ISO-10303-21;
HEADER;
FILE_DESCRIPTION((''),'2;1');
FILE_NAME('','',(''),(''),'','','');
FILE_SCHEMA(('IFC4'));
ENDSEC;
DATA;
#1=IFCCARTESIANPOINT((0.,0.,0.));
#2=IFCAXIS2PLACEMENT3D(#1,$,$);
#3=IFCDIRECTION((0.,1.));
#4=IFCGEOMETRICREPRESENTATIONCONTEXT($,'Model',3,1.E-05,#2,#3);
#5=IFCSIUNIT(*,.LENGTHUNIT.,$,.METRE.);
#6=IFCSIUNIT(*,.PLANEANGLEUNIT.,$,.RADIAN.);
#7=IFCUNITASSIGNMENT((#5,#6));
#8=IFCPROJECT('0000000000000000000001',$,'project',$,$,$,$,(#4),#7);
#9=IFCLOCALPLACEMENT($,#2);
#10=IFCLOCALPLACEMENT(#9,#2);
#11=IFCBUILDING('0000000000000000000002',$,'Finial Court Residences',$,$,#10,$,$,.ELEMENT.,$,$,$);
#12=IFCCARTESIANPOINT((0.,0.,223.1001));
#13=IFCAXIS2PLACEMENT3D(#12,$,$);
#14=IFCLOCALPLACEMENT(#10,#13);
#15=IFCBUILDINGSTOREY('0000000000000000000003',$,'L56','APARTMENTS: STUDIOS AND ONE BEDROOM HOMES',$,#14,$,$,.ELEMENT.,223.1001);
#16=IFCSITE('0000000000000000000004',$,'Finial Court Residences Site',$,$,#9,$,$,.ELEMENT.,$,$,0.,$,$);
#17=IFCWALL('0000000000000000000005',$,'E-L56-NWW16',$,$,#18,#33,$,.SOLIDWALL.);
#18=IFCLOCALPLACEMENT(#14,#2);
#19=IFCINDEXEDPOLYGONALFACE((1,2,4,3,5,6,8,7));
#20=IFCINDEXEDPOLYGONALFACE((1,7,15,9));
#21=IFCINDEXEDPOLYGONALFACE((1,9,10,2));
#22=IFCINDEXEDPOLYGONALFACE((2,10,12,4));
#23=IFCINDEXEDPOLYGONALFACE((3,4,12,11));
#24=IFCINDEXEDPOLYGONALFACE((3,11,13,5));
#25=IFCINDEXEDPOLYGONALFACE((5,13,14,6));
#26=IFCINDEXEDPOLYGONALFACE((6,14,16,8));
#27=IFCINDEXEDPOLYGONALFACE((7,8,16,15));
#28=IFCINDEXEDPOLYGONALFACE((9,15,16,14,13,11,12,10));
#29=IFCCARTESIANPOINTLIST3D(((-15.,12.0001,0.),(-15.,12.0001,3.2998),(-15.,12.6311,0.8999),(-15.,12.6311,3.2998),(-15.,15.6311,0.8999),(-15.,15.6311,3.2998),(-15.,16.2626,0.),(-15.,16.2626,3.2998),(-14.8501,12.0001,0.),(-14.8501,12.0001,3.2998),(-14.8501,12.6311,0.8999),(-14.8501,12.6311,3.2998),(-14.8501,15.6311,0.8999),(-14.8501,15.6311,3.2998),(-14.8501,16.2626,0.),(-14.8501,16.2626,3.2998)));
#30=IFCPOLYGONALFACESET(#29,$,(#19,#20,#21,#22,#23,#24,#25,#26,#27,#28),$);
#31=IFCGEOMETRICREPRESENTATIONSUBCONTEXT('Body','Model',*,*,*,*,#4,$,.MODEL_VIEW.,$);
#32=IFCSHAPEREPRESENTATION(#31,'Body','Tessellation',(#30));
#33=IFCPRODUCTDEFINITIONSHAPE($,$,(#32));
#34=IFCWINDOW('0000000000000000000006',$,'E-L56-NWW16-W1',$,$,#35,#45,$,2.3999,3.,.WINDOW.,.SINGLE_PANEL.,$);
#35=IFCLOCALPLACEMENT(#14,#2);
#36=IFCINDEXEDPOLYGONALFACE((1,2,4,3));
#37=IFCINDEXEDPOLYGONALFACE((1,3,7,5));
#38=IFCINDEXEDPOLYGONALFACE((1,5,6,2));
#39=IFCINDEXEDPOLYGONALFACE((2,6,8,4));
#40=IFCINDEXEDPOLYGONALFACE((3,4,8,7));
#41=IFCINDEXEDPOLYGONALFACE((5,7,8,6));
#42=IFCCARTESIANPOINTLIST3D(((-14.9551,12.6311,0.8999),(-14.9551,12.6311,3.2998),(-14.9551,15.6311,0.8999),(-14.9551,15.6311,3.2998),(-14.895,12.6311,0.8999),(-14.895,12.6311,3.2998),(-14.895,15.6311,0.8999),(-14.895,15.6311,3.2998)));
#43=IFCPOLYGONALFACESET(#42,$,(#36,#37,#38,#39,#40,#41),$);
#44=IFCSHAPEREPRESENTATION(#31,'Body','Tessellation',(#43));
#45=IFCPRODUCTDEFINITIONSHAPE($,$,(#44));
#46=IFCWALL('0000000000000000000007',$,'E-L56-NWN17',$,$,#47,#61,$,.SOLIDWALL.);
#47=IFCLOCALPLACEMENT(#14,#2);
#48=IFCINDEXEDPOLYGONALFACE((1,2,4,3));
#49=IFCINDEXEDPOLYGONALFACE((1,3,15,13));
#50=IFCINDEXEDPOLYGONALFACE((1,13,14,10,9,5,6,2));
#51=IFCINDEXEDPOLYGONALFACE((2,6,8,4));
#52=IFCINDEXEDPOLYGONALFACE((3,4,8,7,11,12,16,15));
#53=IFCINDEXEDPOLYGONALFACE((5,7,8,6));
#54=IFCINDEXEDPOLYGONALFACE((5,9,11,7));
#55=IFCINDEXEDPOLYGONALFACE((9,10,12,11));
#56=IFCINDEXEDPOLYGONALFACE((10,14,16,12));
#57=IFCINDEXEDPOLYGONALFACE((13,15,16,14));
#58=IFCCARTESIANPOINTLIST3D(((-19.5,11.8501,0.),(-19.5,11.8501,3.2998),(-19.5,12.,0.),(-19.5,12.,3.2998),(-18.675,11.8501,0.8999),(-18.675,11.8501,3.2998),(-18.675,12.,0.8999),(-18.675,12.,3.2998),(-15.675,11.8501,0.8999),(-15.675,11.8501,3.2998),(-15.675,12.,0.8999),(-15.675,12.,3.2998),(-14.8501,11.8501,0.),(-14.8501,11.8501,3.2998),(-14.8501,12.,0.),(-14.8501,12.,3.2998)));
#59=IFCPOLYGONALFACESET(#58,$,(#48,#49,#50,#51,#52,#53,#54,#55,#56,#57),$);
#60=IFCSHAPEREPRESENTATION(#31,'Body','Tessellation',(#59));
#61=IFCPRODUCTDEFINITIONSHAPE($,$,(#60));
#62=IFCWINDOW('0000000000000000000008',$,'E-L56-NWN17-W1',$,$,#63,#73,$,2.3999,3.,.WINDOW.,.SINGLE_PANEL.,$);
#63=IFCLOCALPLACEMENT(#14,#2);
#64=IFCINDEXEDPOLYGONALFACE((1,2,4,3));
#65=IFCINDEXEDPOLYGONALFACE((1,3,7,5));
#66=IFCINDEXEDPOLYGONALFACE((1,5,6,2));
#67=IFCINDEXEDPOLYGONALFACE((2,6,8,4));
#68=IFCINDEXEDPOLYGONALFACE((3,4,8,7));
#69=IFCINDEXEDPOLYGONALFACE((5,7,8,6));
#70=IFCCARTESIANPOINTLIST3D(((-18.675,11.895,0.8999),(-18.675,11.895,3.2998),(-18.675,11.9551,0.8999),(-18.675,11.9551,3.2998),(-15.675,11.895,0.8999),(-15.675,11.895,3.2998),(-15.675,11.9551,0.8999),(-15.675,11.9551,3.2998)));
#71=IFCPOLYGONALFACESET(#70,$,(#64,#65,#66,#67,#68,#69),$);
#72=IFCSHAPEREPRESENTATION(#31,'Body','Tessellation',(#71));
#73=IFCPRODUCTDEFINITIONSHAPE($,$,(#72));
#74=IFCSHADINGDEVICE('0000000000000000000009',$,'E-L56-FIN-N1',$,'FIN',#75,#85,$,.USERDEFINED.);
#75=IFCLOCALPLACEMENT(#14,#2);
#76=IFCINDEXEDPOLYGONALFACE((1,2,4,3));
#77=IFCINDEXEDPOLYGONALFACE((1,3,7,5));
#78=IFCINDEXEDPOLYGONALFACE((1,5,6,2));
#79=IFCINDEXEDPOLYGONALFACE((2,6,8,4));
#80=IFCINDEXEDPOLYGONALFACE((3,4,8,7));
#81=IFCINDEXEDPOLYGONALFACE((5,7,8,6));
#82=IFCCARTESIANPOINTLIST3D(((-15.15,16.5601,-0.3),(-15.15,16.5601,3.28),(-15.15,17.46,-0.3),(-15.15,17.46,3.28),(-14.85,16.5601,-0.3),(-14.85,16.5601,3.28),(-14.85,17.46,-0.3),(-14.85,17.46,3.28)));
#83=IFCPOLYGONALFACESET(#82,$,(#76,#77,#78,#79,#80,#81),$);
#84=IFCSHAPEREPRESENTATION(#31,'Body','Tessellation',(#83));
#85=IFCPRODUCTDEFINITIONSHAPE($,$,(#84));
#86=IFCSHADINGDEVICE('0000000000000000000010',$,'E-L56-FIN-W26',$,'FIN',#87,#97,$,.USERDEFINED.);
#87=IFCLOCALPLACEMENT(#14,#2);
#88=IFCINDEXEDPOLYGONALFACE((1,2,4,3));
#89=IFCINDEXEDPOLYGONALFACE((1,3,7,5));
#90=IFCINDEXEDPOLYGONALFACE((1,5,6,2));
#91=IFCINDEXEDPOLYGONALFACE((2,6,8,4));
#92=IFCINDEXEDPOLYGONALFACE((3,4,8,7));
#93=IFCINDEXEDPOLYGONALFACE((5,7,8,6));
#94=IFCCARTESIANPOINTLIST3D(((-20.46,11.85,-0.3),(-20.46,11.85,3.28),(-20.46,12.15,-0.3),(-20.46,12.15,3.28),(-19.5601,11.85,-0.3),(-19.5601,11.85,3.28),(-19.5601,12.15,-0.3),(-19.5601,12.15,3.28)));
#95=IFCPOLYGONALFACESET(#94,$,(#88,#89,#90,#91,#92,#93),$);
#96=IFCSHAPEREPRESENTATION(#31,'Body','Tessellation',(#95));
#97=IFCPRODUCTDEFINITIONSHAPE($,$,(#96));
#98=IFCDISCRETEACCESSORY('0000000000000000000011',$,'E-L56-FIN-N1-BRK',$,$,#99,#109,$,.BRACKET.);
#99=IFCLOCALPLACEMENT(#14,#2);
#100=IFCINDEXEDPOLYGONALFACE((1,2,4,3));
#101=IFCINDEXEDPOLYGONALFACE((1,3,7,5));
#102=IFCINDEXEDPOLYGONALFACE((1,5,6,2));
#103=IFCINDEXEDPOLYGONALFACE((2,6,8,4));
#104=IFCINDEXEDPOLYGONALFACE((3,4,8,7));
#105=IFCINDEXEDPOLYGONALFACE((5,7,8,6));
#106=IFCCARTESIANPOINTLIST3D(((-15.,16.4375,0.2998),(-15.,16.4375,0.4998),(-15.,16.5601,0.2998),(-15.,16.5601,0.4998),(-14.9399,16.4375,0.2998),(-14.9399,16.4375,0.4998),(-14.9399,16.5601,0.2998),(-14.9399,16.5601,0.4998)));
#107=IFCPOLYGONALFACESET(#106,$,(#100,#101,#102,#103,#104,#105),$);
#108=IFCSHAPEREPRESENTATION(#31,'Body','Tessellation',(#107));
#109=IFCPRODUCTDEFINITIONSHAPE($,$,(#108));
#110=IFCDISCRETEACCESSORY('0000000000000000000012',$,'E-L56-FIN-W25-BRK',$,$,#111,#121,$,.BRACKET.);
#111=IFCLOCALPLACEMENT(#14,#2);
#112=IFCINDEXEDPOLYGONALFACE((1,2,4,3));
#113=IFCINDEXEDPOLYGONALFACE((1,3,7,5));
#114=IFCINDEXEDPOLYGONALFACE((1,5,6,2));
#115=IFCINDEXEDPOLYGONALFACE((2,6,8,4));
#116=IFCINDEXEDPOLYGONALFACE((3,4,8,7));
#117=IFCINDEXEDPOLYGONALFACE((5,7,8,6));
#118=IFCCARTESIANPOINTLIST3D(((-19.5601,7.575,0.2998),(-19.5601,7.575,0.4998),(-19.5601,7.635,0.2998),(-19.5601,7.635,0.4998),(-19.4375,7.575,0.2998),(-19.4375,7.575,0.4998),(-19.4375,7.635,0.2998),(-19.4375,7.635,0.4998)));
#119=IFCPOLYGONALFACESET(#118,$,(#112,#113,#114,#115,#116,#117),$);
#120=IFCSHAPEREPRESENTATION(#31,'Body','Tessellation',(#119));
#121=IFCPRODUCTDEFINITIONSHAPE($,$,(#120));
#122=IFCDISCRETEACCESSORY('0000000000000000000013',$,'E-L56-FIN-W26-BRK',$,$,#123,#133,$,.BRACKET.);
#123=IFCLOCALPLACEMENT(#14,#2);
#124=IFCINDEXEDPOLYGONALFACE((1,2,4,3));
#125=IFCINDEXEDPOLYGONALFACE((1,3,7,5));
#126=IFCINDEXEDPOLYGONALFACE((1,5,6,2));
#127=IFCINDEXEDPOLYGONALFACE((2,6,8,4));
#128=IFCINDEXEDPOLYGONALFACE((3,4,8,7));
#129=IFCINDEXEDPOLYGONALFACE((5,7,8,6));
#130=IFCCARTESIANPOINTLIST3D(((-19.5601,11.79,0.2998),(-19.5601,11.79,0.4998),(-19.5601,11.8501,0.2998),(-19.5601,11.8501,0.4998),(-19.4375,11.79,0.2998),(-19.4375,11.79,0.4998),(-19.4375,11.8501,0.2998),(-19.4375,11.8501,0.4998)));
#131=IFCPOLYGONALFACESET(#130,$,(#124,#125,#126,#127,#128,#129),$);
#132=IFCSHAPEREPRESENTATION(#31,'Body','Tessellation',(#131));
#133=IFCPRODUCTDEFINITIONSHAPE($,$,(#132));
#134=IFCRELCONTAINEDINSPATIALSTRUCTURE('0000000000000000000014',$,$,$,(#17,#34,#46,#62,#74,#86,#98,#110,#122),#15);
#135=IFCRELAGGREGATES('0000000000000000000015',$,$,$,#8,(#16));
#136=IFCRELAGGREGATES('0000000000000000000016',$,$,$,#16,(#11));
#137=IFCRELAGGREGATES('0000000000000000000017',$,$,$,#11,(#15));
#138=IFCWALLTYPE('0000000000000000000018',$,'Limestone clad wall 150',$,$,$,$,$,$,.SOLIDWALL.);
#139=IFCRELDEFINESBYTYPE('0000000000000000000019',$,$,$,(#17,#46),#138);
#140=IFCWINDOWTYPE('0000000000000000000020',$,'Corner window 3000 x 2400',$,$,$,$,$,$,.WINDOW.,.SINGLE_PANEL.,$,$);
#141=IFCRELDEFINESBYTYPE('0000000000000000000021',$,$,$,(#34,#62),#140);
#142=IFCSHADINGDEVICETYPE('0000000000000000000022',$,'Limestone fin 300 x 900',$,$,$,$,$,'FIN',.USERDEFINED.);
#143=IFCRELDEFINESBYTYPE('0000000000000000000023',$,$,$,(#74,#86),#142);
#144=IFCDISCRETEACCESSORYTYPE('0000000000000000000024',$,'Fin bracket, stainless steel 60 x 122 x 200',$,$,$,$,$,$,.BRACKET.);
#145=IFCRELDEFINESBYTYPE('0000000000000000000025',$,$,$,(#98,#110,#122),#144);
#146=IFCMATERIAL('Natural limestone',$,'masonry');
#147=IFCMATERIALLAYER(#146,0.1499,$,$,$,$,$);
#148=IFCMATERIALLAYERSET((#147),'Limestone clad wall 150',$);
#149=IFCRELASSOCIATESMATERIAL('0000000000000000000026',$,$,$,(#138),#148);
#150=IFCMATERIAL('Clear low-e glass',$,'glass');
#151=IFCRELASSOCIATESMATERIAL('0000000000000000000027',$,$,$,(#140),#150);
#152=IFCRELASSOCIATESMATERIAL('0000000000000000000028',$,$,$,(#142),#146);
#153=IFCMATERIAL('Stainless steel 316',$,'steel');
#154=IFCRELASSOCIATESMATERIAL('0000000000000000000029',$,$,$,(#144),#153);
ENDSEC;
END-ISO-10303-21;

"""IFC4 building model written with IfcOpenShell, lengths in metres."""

from ifc_helpers import new_model, si_unit, direction, frame, frame_2d, origin, origin_2d, place, context, subcontext, project, spatial, rectangle, extrude, material, layer, layer_set, type_object, element, fill, save


model = new_model("IFC4")

# Units and contexts
model_context = context("Model", 3, precision=1e-05, world=origin(), true_north=direction((0.0, 1.0)))
body_context = subcontext(model_context, "Body", "Model", "MODEL_VIEW")
ifc_project = project(units=[si_unit("LENGTHUNIT", "METRE"), si_unit("PLANEANGLEUNIT", "RADIAN")], contexts=[model_context])

# Site, building, storey
site_placement = place(None, origin())
site = spatial("IfcSite", under=ifc_project, at=site_placement, Name="Finial Court Residences Site", CompositionType="ELEMENT", RefElevation=0.0)
building_placement = place(site_placement, origin())
building = spatial("IfcBuilding", under=site, at=building_placement, Name="Finial Court Residences", CompositionType="ELEMENT")
storey_placement = place(building_placement, frame((0.0, 0.0, 223.1001)))
storey = spatial("IfcBuildingStorey", under=building, at=storey_placement, Name="L56", Description="APARTMENTS: STUDIOS AND ONE BEDROOM HOMES", CompositionType="ELEMENT", Elevation=223.1001)

# Shared definitions
ifc_material_1 = material(Name="Clear low-e glass", Category="glass")

# Walls, openings, windows
ifc_material_2 = material(Name="Natural limestone", Category="masonry")
ifc_layer_1 = layer(ifc_material_2, 0.1499)
ifc_layer_set_1 = layer_set([ifc_layer_1], Name="Limestone clad wall 150")
wall_type_1 = type_object("IfcWallType", Name="Limestone clad wall 150", PredefinedType="SOLIDWALL", material=ifc_layer_set_1)
wall_1_placement = place(storey_placement, frame((-14.925, 12.0, 0.0), z_axis=(0.0, 0.0, 1.0), x_axis=(0.0, 1.0, 0.0)))
wall_1 = element("IfcWall", 1, at=wall_1_placement, inside=storey, type_object=wall_type_1, Name="E-L56-NWW16", PredefinedType="SOLIDWALL", context=body_context, shape_type="SweptSolid", body=[
    extrude(rectangle(XDim=4.2625, YDim=0.1499, at=frame_2d((2.1313, 0.0))), origin(), (0.0, 0.0, 1.0), 3.2998),
])
opening_1_placement = place(wall_1_placement, frame((0.6311, 0.0, 0.8999)))
opening_1 = element("IfcOpeningElement", 2, at=opening_1_placement, cuts=wall_1, PredefinedType="OPENING", context=body_context, shape_type="SweptSolid", body=[
    extrude(rectangle(XDim=3.0, YDim=2.3999, at=frame_2d((1.5, 1.2))), frame((0.0, 0.085, 0.0), z_axis=(0.0, -1.0, 0.0), x_axis=(1.0, 0.0, 0.0)), (0.0, 0.0, 1.0), 0.1699),
])
window_type = type_object("IfcWindowType", Name="Corner window 3000 x 2400", PartitioningType="SINGLE_PANEL", PredefinedType="WINDOW", material=ifc_material_1)
window_1_placement = place(opening_1_placement, origin())
window_1 = element("IfcWindow", 3, at=window_1_placement, inside=storey, type_object=window_type, Name="E-L56-NWW16-W1", OverallHeight=2.3999, OverallWidth=3.0, PartitioningType="SINGLE_PANEL", PredefinedType="WINDOW", context=body_context, shape_type="SweptSolid", body=[
    extrude(rectangle(XDim=3.0, YDim=2.3999, at=frame_2d((1.5, 1.2))), frame((0.0, 0.03, 0.0), z_axis=(0.0, -1.0, 0.0), x_axis=(1.0, 0.0, 0.0)), (0.0, 0.0, 1.0), 0.0601),
])
fill(opening_1, window_1)
wall_2_placement = place(storey_placement, frame((-19.5, 11.925, 0.0), z_axis=(0.0, 0.0, 1.0), x_axis=(1.0, 0.0, 0.0)))
wall_2 = element("IfcWall", 4, at=wall_2_placement, inside=storey, type_object=wall_type_1, Name="E-L56-NWN17", PredefinedType="SOLIDWALL", context=body_context, shape_type="SweptSolid", body=[
    extrude(rectangle(XDim=4.6499, YDim=0.1499, at=frame_2d((2.325, 0.0))), origin(), (0.0, 0.0, 1.0), 3.2998),
])
opening_2_placement = place(wall_2_placement, frame((0.825, 0.0, 0.8999)))
opening_2 = element("IfcOpeningElement", 5, at=opening_2_placement, cuts=wall_2, PredefinedType="OPENING", context=body_context, shape_type="SweptSolid", body=[
    extrude(rectangle(XDim=3.0, YDim=2.3999, at=frame_2d((1.5, 1.2))), frame((0.0, 0.085, 0.0), z_axis=(0.0, -1.0, 0.0), x_axis=(1.0, 0.0, 0.0)), (0.0, 0.0, 1.0), 0.1699),
])
window_2_placement = place(opening_2_placement, origin())
window_2 = element("IfcWindow", 6, at=window_2_placement, inside=storey, type_object=window_type, Name="E-L56-NWN17-W1", OverallHeight=2.3999, OverallWidth=3.0, PartitioningType="SINGLE_PANEL", PredefinedType="WINDOW", context=body_context, shape_type="SweptSolid", body=[
    extrude(rectangle(XDim=3.0, YDim=2.3999, at=frame_2d((1.5, 1.2))), frame((0.0, 0.03, 0.0), z_axis=(0.0, -1.0, 0.0), x_axis=(1.0, 0.0, 0.0)), (0.0, 0.0, 1.0), 0.0601),
])
fill(opening_2, window_2)

# Shading devices
shading_device_type = type_object("IfcShadingDeviceType", Name="Limestone fin 300 x 900", ElementType="FIN", PredefinedType="USERDEFINED", material=ifc_material_2)
shading_device_1_placement = place(storey_placement, frame((-15.0, 17.01, -0.3), z_axis=(0.0, 0.0, 1.0), x_axis=(1.0, 0.0, 0.0)))
element("IfcShadingDevice", 7, at=shading_device_1_placement, inside=storey, type_object=shading_device_type, Name="E-L56-FIN-N1", ObjectType="FIN", PredefinedType="USERDEFINED", context=body_context, shape_type="SweptSolid", body=[
    extrude(rectangle(XDim=0.3, YDim=0.8999, at=origin_2d()), origin(), (0.0, 0.0, 1.0), 3.5801),
])
shading_device_2_placement = place(storey_placement, frame((-20.01, 12.0, -0.3), z_axis=(0.0, 0.0, 1.0), x_axis=(1.0, 0.0, 0.0)))
element("IfcShadingDevice", 8, at=shading_device_2_placement, inside=storey, type_object=shading_device_type, Name="E-L56-FIN-W26", ObjectType="FIN", PredefinedType="USERDEFINED", context=body_context, shape_type="SweptSolid", body=[
    extrude(rectangle(XDim=0.8999, YDim=0.3, at=origin_2d()), origin(), (0.0, 0.0, 1.0), 3.5801),
])

# Discrete accessories
ifc_material_3 = material(Name="Stainless steel 316", Category="steel")
discrete_accessory_type = type_object("IfcDiscreteAccessoryType", Name="Fin bracket, stainless steel 60 x 122 x 200", PredefinedType="BRACKET", material=ifc_material_3)
discrete_accessory_placement = place(storey_placement, frame((-14.97, 16.4988, 0.2998), z_axis=(0.0, 0.0, 1.0), x_axis=(1.0, 0.0, 0.0)))
element("IfcDiscreteAccessory", 9, at=discrete_accessory_placement, inside=storey, type_object=discrete_accessory_type, Name="E-L56-FIN-N1-BRK", PredefinedType="BRACKET", context=body_context, shape_type="SweptSolid", body=[
    extrude(rectangle(XDim=0.0601, YDim=0.1226, at=origin_2d()), origin(), (0.0, 0.0, 1.0), 0.2),
])
for number, where, z_axis, x_axis, name in (
    (10, (-19.4988, 7.605, 0.2998), (0.0, 0.0, 1.0), (1.0, 0.0, 0.0), "E-L56-FIN-W25-BRK"),
    (11, (-19.4988, 11.8201, 0.2998), (0.0, 0.0, 1.0), (1.0, 0.0, 0.0), "E-L56-FIN-W26-BRK"),
):
    element("IfcDiscreteAccessory", number, at=place(storey_placement, frame(where, z_axis=z_axis, x_axis=x_axis)), inside=storey, type_object=discrete_accessory_type, Name=name, PredefinedType="BRACKET", context=body_context, shape_type="SweptSolid", body=[
        extrude(rectangle(XDim=0.1226, YDim=0.0601, at=origin_2d()), origin(), (0.0, 0.0, 1.0), 0.2),
    ])

save(model, "model.ifc")
